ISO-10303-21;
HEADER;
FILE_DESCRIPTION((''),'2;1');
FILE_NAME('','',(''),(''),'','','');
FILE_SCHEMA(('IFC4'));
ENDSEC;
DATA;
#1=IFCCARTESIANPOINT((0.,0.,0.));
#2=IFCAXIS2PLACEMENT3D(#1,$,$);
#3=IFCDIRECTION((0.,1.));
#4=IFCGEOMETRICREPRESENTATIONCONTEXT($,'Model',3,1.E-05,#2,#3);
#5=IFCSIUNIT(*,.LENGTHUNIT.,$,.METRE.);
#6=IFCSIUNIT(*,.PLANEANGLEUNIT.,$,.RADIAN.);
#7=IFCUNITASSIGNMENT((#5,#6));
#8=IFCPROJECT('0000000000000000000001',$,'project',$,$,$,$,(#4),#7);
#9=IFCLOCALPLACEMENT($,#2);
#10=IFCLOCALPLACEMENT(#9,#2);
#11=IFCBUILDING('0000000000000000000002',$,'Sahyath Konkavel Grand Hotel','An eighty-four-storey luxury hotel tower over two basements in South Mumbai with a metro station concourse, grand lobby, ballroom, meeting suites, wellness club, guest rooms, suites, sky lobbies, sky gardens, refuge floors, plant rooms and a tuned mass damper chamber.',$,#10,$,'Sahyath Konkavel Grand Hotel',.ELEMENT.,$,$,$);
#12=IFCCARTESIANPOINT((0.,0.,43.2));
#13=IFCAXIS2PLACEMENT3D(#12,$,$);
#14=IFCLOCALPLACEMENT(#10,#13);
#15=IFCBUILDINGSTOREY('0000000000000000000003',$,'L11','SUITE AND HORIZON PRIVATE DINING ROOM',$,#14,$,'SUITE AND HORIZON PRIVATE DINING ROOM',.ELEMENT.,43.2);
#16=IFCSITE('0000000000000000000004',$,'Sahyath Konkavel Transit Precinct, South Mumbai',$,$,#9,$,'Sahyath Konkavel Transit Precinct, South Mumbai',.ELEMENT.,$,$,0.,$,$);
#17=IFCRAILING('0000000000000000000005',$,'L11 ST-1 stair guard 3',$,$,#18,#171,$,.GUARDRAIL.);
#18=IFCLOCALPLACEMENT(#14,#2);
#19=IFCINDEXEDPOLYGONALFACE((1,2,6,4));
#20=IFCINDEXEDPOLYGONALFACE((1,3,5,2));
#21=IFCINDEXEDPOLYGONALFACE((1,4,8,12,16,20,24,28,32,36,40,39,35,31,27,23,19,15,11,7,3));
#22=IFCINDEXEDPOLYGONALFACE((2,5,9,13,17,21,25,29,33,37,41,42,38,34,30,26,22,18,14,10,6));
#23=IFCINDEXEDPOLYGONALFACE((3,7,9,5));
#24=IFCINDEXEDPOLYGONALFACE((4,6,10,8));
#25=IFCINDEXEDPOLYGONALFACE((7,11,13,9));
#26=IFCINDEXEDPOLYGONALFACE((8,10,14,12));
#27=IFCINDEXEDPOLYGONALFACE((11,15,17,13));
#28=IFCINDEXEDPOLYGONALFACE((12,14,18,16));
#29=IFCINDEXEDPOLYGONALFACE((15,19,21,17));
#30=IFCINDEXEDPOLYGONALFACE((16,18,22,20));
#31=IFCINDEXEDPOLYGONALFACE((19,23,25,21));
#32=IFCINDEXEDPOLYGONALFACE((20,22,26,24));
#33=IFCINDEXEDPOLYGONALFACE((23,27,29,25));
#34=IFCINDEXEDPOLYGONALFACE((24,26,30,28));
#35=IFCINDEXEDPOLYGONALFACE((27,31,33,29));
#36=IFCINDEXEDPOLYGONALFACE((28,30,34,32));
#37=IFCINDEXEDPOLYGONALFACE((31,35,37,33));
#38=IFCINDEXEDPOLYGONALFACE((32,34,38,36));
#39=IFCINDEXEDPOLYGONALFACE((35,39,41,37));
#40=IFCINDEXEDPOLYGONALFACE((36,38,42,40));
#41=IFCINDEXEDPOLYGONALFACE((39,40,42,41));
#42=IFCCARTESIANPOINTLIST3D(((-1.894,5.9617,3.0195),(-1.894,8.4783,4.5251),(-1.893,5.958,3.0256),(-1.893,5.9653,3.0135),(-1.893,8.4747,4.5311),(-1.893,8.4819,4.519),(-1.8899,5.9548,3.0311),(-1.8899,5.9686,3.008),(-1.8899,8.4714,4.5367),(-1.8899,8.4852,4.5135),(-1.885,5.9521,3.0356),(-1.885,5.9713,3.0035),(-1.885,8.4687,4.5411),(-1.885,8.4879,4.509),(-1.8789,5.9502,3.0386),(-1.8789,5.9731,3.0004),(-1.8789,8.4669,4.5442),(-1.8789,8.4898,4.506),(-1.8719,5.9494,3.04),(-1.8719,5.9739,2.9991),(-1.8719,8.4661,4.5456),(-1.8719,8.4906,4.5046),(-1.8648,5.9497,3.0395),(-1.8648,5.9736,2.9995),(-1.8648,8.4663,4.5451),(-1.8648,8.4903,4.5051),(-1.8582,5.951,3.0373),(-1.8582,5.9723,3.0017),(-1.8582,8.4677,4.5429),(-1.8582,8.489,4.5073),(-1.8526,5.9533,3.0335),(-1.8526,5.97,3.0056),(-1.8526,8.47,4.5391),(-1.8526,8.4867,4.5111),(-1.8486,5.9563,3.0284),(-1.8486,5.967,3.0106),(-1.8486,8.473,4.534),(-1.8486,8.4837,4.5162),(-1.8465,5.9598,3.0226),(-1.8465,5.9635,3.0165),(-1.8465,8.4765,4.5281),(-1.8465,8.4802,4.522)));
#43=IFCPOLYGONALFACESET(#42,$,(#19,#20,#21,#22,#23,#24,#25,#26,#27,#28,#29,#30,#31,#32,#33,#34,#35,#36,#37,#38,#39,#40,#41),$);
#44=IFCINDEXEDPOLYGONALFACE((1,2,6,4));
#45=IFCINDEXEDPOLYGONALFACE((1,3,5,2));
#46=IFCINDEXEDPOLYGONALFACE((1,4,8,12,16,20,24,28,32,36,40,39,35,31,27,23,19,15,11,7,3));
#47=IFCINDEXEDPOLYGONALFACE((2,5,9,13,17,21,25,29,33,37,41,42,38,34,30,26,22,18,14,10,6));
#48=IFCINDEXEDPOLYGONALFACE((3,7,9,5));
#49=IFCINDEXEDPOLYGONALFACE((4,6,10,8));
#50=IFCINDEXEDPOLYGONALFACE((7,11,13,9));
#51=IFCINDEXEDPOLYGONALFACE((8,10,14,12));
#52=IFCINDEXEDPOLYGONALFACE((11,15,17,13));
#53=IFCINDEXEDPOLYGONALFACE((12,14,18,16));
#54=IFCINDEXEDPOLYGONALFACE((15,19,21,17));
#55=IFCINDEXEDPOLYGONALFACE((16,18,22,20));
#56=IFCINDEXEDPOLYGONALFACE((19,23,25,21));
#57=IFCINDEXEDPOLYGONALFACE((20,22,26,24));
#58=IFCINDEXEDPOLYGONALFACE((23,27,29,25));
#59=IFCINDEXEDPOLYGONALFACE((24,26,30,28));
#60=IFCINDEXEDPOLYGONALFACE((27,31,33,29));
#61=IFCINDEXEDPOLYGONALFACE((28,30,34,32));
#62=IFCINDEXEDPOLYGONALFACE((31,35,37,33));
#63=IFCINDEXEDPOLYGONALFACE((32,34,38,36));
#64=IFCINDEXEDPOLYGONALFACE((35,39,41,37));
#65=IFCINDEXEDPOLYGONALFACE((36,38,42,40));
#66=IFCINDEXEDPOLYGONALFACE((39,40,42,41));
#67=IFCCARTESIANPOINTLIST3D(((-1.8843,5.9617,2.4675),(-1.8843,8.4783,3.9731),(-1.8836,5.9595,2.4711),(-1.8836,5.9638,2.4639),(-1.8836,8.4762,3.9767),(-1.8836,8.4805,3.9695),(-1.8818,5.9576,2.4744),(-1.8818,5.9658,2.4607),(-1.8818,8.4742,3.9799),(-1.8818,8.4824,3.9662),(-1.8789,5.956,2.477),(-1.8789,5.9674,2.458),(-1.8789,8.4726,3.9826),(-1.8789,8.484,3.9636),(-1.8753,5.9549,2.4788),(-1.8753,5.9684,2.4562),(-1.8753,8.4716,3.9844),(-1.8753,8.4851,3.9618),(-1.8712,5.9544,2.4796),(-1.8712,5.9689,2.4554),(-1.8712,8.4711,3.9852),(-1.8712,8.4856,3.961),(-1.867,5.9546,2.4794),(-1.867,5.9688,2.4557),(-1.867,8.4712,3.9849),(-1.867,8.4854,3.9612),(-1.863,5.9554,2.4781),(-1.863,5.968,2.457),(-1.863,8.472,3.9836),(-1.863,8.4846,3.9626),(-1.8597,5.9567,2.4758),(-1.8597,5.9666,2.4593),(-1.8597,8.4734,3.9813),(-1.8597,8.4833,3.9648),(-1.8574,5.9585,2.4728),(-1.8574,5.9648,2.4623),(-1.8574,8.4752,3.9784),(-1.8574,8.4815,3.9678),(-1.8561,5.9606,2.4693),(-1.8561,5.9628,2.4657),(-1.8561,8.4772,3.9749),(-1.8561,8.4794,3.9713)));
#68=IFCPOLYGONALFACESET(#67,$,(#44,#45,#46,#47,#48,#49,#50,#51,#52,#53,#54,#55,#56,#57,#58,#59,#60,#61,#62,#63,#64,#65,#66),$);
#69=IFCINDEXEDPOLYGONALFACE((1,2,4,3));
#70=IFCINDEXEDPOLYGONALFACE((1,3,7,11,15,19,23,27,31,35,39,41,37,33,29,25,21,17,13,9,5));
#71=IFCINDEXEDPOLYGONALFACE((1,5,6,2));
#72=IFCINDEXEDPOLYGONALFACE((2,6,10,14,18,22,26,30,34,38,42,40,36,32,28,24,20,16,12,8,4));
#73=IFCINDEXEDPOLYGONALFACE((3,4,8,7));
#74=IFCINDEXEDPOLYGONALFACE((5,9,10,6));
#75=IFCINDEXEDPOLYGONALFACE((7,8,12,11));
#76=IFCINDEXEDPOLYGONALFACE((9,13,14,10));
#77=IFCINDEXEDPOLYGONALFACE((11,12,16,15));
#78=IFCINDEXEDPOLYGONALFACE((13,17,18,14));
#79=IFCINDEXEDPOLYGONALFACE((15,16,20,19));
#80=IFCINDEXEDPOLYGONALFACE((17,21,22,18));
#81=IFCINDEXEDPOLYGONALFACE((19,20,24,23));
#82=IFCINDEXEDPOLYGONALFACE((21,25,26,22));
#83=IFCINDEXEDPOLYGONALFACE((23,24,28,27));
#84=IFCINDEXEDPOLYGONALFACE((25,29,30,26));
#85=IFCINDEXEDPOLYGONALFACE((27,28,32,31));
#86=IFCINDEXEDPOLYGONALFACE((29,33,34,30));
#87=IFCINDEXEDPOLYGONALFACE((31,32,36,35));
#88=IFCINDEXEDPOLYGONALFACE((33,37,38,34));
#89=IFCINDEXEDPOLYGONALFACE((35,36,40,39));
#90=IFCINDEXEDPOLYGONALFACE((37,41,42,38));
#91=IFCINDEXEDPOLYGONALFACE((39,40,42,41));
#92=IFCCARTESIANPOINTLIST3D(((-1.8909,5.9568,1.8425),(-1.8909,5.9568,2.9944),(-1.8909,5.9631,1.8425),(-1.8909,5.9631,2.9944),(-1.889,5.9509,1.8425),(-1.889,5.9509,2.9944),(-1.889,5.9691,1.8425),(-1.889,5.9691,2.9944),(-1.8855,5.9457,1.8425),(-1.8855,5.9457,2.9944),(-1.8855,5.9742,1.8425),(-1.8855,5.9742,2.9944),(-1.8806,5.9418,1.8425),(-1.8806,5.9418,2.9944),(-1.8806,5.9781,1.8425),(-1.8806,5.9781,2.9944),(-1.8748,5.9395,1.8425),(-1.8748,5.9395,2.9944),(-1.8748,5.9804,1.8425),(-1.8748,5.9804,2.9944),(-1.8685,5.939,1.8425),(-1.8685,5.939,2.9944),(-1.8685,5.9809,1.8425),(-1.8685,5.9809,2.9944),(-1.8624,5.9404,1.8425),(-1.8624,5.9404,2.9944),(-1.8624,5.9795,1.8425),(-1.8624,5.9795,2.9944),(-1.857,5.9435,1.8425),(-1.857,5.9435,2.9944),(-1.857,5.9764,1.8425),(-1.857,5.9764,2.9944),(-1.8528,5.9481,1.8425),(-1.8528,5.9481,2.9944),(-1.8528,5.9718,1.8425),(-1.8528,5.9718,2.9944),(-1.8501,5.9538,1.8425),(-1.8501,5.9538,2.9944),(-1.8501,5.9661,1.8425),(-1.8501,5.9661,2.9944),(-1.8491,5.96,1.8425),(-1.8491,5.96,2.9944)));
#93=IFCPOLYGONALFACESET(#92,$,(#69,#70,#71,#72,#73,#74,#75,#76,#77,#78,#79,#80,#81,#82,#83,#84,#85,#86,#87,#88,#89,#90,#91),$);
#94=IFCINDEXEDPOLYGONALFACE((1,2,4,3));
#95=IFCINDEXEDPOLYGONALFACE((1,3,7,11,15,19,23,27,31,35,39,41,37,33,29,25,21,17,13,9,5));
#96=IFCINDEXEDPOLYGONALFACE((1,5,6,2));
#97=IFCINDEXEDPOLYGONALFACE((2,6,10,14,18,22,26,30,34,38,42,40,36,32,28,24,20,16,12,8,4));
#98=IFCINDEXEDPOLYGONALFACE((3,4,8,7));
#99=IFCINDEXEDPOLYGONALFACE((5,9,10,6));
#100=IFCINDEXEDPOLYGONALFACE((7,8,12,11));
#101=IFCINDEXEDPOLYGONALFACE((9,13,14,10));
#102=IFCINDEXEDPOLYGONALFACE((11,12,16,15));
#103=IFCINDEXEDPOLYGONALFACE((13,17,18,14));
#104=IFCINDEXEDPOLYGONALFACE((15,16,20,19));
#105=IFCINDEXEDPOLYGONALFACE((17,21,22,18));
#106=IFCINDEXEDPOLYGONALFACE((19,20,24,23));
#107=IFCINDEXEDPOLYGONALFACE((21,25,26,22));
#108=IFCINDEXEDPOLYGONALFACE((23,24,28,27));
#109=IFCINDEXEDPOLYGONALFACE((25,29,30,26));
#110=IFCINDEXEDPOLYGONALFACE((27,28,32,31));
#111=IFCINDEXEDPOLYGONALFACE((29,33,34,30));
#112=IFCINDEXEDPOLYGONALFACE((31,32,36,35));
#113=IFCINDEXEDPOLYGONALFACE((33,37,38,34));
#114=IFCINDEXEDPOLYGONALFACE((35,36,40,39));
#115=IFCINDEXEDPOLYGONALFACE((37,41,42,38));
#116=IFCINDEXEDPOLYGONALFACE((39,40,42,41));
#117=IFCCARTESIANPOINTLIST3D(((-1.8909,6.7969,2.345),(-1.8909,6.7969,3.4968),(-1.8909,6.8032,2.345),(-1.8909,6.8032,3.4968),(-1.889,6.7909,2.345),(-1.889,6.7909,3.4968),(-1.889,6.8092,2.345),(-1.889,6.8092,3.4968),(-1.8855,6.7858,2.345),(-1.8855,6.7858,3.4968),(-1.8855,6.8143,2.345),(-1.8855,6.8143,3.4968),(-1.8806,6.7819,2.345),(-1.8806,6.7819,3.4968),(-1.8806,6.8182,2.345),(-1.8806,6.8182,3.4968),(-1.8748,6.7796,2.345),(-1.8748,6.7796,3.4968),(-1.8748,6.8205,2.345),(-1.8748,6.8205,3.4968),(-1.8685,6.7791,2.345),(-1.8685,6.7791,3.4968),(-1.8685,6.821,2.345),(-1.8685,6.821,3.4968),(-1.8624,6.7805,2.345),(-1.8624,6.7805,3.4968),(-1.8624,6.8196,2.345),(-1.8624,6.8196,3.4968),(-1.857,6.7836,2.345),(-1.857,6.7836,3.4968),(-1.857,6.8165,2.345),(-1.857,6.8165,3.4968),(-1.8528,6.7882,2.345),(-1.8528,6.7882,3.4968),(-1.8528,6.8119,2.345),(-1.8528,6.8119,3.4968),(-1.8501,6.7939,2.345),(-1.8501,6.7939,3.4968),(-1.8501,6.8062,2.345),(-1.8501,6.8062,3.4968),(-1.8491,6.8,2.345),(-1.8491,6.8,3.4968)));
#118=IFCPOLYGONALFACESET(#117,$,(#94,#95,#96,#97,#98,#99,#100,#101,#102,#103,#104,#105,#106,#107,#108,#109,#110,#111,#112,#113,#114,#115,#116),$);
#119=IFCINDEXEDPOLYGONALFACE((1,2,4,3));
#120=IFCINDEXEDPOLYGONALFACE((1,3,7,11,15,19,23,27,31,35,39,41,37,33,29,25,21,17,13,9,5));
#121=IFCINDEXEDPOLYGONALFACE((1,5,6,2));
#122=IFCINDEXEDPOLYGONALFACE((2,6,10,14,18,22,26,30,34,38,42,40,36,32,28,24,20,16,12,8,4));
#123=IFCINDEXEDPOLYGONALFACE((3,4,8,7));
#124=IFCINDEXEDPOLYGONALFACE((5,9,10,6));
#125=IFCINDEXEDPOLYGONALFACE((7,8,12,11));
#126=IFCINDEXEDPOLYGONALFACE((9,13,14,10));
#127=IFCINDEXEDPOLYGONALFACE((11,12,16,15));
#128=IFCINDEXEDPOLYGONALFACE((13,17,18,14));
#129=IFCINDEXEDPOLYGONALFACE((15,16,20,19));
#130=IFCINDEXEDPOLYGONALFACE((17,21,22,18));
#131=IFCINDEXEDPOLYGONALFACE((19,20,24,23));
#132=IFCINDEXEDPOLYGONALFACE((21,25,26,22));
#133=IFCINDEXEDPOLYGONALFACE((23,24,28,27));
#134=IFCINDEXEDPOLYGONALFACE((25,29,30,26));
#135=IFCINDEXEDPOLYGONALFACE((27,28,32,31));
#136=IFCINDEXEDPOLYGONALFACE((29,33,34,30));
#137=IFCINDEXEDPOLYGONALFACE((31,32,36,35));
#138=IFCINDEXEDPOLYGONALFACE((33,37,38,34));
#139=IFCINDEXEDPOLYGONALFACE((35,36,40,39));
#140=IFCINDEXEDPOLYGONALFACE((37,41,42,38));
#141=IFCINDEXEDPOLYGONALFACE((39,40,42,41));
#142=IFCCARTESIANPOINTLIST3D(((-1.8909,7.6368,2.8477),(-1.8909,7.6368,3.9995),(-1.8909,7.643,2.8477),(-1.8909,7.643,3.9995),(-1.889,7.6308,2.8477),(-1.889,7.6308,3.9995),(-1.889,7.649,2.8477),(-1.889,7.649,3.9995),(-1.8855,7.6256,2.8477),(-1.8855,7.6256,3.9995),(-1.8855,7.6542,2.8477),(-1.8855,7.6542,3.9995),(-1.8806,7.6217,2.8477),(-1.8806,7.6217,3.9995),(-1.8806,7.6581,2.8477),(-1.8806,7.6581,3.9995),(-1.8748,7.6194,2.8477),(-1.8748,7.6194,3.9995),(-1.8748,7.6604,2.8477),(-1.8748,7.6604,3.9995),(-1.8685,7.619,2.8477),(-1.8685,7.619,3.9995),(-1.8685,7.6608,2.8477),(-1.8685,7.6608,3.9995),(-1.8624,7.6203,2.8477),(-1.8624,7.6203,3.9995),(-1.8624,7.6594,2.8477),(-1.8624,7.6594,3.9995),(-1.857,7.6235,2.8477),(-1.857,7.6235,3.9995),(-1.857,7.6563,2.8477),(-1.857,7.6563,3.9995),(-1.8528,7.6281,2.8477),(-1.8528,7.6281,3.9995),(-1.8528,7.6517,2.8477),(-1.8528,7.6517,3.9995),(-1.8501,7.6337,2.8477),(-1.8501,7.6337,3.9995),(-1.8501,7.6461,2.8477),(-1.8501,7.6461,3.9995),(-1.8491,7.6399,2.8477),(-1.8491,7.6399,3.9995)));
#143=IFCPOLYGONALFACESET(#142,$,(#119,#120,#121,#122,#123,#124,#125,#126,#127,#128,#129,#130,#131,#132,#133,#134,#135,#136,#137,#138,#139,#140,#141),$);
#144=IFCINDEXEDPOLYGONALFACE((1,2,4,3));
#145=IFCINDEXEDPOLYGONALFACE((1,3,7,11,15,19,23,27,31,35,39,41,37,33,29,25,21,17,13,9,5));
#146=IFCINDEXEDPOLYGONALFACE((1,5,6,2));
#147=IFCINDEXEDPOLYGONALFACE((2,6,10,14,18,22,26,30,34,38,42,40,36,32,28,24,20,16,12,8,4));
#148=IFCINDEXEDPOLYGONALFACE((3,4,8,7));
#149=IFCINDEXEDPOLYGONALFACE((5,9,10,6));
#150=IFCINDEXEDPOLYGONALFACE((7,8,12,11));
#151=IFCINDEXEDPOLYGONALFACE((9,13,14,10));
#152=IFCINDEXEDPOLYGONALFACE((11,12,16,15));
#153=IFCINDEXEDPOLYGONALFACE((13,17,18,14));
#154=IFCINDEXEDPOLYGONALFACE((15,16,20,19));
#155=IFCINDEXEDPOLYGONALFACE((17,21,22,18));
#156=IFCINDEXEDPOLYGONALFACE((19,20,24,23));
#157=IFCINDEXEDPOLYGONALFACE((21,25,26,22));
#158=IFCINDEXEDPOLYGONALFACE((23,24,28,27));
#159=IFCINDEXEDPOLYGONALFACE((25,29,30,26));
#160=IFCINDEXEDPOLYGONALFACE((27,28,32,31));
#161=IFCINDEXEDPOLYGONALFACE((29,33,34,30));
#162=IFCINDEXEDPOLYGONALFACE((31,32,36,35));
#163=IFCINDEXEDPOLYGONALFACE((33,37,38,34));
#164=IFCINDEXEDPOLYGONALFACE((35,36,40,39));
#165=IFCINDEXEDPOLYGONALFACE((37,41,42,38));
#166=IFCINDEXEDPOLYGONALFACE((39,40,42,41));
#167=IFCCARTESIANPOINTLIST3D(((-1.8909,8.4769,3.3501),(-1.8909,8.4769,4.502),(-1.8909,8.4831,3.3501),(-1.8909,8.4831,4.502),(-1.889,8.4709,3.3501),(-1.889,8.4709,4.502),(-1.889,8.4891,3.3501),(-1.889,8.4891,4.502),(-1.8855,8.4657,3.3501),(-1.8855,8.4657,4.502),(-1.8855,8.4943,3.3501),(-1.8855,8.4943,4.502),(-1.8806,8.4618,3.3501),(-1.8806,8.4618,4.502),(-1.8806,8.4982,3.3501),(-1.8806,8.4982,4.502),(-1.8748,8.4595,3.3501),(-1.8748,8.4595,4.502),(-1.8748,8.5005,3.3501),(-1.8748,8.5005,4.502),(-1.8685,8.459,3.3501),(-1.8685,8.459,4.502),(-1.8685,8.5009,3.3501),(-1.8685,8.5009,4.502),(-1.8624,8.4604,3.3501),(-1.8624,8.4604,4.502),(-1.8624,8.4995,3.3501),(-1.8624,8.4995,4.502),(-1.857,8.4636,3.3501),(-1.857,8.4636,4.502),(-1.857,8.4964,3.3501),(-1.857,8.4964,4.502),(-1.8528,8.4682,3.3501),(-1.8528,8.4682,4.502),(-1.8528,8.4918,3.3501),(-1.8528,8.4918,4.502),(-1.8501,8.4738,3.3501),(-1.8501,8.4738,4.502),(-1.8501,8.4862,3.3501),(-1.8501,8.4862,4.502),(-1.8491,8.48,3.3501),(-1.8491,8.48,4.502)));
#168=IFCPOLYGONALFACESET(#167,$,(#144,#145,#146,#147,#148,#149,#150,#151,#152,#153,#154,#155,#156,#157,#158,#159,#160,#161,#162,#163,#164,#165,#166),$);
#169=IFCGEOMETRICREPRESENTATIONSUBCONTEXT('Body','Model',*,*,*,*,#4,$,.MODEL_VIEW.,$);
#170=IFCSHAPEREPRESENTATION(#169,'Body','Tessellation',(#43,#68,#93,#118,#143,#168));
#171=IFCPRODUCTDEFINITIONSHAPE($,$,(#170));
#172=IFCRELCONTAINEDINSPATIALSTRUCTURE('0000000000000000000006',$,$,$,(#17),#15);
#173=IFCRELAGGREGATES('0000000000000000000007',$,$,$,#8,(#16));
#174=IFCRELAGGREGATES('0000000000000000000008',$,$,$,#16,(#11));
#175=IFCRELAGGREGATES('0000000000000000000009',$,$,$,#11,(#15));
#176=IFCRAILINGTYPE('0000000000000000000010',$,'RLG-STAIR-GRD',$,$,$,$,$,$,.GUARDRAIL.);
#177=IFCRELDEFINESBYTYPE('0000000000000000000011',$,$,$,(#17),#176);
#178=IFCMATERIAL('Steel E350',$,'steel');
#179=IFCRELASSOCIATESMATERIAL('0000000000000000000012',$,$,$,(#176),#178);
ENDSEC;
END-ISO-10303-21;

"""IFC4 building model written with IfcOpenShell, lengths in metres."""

from ifc_helpers import new_model, si_unit, direction, frame, origin, origin_2d, place, context, subcontext, project, spatial, circle, extrude, material, type_object, element, save


model = new_model("IFC4")

# Units and contexts
model_context = context("Model", 3, precision=1e-05, world=origin(), true_north=direction((0.0, 1.0)))
body_context = subcontext(model_context, "Body", "Model", "MODEL_VIEW")
ifc_project = project(units=[si_unit("LENGTHUNIT", "METRE"), si_unit("PLANEANGLEUNIT", "RADIAN")], contexts=[model_context])

# Site, building, storey
site_placement = place(None, origin())
site = spatial("IfcSite", under=ifc_project, at=site_placement, Name="Sahyath Konkavel Transit Precinct, South Mumbai", LongName="Sahyath Konkavel Transit Precinct, South Mumbai", CompositionType="ELEMENT", RefElevation=0.0)
building_placement = place(site_placement, origin())
building = spatial("IfcBuilding", under=site, at=building_placement, Name="Sahyath Konkavel Grand Hotel", Description="An eighty-four-storey luxury hotel tower over two basements in South Mumbai with a metro station concourse, grand lobby, ballroom, meeting suites, wellness club, guest rooms, suites, sky lobbies, sky gardens, refuge floors, plant rooms and a tuned mass damper chamber.", LongName="Sahyath Konkavel Grand Hotel", CompositionType="ELEMENT")
storey_placement = place(building_placement, frame((0.0, 0.0, 43.2)))
storey = spatial("IfcBuildingStorey", under=building, at=storey_placement, Name="L11", Description="SUITE AND HORIZON PRIVATE DINING ROOM", LongName="SUITE AND HORIZON PRIVATE DINING ROOM", CompositionType="ELEMENT", Elevation=43.2)

# Shared definitions
ifc_material_1 = material(Name="Steel E350", Category="steel")

# Railing
railing_type_1 = type_object("IfcRailingType", Name="RLG-STAIR-GRD", PredefinedType="GUARDRAIL", material=ifc_material_1)
railing_1_placement = place(storey_placement, frame((-1.8701, 5.96, 1.8425)))
element("IfcRailing", 1, at=railing_1_placement, inside=storey, type_object=railing_type_1, Name="L11 ST-1 stair guard 3", PredefinedType="GUARDRAIL", context=body_context, shape_type="SweptSolid", body=[
    extrude(circle(Radius=0.0239, at=origin_2d()), frame((0.0, 0.0017, 1.177), z_axis=(0.0, 0.85816, 0.513383), x_axis=(-1.0, 0.0, 0.0)), (0.0, 0.0, 1.0), 2.9326),
    extrude(circle(Radius=0.0142, at=origin_2d()), frame((0.0, 0.0017, 0.625), z_axis=(0.0, 0.85816, 0.513383), x_axis=(-1.0, 0.0, 0.0)), (0.0, 0.0, 1.0), 2.9326),
    extrude(circle(Radius=0.021, at=origin_2d()), origin(), (0.0, 0.0, 1.0), 1.1519),
    extrude(circle(Radius=0.021, at=origin_2d()), frame((0.0, 0.8401, 0.5024)), (0.0, 0.0, 1.0), 1.1519),
    extrude(circle(Radius=0.021, at=origin_2d()), frame((0.0, 1.6799, 1.0051)), (0.0, 0.0, 1.0), 1.1519),
    extrude(circle(Radius=0.021, at=origin_2d()), frame((0.0, 2.52, 1.5076)), (0.0, 0.0, 1.0), 1.1519),
])

save(model, "model.ifc")
